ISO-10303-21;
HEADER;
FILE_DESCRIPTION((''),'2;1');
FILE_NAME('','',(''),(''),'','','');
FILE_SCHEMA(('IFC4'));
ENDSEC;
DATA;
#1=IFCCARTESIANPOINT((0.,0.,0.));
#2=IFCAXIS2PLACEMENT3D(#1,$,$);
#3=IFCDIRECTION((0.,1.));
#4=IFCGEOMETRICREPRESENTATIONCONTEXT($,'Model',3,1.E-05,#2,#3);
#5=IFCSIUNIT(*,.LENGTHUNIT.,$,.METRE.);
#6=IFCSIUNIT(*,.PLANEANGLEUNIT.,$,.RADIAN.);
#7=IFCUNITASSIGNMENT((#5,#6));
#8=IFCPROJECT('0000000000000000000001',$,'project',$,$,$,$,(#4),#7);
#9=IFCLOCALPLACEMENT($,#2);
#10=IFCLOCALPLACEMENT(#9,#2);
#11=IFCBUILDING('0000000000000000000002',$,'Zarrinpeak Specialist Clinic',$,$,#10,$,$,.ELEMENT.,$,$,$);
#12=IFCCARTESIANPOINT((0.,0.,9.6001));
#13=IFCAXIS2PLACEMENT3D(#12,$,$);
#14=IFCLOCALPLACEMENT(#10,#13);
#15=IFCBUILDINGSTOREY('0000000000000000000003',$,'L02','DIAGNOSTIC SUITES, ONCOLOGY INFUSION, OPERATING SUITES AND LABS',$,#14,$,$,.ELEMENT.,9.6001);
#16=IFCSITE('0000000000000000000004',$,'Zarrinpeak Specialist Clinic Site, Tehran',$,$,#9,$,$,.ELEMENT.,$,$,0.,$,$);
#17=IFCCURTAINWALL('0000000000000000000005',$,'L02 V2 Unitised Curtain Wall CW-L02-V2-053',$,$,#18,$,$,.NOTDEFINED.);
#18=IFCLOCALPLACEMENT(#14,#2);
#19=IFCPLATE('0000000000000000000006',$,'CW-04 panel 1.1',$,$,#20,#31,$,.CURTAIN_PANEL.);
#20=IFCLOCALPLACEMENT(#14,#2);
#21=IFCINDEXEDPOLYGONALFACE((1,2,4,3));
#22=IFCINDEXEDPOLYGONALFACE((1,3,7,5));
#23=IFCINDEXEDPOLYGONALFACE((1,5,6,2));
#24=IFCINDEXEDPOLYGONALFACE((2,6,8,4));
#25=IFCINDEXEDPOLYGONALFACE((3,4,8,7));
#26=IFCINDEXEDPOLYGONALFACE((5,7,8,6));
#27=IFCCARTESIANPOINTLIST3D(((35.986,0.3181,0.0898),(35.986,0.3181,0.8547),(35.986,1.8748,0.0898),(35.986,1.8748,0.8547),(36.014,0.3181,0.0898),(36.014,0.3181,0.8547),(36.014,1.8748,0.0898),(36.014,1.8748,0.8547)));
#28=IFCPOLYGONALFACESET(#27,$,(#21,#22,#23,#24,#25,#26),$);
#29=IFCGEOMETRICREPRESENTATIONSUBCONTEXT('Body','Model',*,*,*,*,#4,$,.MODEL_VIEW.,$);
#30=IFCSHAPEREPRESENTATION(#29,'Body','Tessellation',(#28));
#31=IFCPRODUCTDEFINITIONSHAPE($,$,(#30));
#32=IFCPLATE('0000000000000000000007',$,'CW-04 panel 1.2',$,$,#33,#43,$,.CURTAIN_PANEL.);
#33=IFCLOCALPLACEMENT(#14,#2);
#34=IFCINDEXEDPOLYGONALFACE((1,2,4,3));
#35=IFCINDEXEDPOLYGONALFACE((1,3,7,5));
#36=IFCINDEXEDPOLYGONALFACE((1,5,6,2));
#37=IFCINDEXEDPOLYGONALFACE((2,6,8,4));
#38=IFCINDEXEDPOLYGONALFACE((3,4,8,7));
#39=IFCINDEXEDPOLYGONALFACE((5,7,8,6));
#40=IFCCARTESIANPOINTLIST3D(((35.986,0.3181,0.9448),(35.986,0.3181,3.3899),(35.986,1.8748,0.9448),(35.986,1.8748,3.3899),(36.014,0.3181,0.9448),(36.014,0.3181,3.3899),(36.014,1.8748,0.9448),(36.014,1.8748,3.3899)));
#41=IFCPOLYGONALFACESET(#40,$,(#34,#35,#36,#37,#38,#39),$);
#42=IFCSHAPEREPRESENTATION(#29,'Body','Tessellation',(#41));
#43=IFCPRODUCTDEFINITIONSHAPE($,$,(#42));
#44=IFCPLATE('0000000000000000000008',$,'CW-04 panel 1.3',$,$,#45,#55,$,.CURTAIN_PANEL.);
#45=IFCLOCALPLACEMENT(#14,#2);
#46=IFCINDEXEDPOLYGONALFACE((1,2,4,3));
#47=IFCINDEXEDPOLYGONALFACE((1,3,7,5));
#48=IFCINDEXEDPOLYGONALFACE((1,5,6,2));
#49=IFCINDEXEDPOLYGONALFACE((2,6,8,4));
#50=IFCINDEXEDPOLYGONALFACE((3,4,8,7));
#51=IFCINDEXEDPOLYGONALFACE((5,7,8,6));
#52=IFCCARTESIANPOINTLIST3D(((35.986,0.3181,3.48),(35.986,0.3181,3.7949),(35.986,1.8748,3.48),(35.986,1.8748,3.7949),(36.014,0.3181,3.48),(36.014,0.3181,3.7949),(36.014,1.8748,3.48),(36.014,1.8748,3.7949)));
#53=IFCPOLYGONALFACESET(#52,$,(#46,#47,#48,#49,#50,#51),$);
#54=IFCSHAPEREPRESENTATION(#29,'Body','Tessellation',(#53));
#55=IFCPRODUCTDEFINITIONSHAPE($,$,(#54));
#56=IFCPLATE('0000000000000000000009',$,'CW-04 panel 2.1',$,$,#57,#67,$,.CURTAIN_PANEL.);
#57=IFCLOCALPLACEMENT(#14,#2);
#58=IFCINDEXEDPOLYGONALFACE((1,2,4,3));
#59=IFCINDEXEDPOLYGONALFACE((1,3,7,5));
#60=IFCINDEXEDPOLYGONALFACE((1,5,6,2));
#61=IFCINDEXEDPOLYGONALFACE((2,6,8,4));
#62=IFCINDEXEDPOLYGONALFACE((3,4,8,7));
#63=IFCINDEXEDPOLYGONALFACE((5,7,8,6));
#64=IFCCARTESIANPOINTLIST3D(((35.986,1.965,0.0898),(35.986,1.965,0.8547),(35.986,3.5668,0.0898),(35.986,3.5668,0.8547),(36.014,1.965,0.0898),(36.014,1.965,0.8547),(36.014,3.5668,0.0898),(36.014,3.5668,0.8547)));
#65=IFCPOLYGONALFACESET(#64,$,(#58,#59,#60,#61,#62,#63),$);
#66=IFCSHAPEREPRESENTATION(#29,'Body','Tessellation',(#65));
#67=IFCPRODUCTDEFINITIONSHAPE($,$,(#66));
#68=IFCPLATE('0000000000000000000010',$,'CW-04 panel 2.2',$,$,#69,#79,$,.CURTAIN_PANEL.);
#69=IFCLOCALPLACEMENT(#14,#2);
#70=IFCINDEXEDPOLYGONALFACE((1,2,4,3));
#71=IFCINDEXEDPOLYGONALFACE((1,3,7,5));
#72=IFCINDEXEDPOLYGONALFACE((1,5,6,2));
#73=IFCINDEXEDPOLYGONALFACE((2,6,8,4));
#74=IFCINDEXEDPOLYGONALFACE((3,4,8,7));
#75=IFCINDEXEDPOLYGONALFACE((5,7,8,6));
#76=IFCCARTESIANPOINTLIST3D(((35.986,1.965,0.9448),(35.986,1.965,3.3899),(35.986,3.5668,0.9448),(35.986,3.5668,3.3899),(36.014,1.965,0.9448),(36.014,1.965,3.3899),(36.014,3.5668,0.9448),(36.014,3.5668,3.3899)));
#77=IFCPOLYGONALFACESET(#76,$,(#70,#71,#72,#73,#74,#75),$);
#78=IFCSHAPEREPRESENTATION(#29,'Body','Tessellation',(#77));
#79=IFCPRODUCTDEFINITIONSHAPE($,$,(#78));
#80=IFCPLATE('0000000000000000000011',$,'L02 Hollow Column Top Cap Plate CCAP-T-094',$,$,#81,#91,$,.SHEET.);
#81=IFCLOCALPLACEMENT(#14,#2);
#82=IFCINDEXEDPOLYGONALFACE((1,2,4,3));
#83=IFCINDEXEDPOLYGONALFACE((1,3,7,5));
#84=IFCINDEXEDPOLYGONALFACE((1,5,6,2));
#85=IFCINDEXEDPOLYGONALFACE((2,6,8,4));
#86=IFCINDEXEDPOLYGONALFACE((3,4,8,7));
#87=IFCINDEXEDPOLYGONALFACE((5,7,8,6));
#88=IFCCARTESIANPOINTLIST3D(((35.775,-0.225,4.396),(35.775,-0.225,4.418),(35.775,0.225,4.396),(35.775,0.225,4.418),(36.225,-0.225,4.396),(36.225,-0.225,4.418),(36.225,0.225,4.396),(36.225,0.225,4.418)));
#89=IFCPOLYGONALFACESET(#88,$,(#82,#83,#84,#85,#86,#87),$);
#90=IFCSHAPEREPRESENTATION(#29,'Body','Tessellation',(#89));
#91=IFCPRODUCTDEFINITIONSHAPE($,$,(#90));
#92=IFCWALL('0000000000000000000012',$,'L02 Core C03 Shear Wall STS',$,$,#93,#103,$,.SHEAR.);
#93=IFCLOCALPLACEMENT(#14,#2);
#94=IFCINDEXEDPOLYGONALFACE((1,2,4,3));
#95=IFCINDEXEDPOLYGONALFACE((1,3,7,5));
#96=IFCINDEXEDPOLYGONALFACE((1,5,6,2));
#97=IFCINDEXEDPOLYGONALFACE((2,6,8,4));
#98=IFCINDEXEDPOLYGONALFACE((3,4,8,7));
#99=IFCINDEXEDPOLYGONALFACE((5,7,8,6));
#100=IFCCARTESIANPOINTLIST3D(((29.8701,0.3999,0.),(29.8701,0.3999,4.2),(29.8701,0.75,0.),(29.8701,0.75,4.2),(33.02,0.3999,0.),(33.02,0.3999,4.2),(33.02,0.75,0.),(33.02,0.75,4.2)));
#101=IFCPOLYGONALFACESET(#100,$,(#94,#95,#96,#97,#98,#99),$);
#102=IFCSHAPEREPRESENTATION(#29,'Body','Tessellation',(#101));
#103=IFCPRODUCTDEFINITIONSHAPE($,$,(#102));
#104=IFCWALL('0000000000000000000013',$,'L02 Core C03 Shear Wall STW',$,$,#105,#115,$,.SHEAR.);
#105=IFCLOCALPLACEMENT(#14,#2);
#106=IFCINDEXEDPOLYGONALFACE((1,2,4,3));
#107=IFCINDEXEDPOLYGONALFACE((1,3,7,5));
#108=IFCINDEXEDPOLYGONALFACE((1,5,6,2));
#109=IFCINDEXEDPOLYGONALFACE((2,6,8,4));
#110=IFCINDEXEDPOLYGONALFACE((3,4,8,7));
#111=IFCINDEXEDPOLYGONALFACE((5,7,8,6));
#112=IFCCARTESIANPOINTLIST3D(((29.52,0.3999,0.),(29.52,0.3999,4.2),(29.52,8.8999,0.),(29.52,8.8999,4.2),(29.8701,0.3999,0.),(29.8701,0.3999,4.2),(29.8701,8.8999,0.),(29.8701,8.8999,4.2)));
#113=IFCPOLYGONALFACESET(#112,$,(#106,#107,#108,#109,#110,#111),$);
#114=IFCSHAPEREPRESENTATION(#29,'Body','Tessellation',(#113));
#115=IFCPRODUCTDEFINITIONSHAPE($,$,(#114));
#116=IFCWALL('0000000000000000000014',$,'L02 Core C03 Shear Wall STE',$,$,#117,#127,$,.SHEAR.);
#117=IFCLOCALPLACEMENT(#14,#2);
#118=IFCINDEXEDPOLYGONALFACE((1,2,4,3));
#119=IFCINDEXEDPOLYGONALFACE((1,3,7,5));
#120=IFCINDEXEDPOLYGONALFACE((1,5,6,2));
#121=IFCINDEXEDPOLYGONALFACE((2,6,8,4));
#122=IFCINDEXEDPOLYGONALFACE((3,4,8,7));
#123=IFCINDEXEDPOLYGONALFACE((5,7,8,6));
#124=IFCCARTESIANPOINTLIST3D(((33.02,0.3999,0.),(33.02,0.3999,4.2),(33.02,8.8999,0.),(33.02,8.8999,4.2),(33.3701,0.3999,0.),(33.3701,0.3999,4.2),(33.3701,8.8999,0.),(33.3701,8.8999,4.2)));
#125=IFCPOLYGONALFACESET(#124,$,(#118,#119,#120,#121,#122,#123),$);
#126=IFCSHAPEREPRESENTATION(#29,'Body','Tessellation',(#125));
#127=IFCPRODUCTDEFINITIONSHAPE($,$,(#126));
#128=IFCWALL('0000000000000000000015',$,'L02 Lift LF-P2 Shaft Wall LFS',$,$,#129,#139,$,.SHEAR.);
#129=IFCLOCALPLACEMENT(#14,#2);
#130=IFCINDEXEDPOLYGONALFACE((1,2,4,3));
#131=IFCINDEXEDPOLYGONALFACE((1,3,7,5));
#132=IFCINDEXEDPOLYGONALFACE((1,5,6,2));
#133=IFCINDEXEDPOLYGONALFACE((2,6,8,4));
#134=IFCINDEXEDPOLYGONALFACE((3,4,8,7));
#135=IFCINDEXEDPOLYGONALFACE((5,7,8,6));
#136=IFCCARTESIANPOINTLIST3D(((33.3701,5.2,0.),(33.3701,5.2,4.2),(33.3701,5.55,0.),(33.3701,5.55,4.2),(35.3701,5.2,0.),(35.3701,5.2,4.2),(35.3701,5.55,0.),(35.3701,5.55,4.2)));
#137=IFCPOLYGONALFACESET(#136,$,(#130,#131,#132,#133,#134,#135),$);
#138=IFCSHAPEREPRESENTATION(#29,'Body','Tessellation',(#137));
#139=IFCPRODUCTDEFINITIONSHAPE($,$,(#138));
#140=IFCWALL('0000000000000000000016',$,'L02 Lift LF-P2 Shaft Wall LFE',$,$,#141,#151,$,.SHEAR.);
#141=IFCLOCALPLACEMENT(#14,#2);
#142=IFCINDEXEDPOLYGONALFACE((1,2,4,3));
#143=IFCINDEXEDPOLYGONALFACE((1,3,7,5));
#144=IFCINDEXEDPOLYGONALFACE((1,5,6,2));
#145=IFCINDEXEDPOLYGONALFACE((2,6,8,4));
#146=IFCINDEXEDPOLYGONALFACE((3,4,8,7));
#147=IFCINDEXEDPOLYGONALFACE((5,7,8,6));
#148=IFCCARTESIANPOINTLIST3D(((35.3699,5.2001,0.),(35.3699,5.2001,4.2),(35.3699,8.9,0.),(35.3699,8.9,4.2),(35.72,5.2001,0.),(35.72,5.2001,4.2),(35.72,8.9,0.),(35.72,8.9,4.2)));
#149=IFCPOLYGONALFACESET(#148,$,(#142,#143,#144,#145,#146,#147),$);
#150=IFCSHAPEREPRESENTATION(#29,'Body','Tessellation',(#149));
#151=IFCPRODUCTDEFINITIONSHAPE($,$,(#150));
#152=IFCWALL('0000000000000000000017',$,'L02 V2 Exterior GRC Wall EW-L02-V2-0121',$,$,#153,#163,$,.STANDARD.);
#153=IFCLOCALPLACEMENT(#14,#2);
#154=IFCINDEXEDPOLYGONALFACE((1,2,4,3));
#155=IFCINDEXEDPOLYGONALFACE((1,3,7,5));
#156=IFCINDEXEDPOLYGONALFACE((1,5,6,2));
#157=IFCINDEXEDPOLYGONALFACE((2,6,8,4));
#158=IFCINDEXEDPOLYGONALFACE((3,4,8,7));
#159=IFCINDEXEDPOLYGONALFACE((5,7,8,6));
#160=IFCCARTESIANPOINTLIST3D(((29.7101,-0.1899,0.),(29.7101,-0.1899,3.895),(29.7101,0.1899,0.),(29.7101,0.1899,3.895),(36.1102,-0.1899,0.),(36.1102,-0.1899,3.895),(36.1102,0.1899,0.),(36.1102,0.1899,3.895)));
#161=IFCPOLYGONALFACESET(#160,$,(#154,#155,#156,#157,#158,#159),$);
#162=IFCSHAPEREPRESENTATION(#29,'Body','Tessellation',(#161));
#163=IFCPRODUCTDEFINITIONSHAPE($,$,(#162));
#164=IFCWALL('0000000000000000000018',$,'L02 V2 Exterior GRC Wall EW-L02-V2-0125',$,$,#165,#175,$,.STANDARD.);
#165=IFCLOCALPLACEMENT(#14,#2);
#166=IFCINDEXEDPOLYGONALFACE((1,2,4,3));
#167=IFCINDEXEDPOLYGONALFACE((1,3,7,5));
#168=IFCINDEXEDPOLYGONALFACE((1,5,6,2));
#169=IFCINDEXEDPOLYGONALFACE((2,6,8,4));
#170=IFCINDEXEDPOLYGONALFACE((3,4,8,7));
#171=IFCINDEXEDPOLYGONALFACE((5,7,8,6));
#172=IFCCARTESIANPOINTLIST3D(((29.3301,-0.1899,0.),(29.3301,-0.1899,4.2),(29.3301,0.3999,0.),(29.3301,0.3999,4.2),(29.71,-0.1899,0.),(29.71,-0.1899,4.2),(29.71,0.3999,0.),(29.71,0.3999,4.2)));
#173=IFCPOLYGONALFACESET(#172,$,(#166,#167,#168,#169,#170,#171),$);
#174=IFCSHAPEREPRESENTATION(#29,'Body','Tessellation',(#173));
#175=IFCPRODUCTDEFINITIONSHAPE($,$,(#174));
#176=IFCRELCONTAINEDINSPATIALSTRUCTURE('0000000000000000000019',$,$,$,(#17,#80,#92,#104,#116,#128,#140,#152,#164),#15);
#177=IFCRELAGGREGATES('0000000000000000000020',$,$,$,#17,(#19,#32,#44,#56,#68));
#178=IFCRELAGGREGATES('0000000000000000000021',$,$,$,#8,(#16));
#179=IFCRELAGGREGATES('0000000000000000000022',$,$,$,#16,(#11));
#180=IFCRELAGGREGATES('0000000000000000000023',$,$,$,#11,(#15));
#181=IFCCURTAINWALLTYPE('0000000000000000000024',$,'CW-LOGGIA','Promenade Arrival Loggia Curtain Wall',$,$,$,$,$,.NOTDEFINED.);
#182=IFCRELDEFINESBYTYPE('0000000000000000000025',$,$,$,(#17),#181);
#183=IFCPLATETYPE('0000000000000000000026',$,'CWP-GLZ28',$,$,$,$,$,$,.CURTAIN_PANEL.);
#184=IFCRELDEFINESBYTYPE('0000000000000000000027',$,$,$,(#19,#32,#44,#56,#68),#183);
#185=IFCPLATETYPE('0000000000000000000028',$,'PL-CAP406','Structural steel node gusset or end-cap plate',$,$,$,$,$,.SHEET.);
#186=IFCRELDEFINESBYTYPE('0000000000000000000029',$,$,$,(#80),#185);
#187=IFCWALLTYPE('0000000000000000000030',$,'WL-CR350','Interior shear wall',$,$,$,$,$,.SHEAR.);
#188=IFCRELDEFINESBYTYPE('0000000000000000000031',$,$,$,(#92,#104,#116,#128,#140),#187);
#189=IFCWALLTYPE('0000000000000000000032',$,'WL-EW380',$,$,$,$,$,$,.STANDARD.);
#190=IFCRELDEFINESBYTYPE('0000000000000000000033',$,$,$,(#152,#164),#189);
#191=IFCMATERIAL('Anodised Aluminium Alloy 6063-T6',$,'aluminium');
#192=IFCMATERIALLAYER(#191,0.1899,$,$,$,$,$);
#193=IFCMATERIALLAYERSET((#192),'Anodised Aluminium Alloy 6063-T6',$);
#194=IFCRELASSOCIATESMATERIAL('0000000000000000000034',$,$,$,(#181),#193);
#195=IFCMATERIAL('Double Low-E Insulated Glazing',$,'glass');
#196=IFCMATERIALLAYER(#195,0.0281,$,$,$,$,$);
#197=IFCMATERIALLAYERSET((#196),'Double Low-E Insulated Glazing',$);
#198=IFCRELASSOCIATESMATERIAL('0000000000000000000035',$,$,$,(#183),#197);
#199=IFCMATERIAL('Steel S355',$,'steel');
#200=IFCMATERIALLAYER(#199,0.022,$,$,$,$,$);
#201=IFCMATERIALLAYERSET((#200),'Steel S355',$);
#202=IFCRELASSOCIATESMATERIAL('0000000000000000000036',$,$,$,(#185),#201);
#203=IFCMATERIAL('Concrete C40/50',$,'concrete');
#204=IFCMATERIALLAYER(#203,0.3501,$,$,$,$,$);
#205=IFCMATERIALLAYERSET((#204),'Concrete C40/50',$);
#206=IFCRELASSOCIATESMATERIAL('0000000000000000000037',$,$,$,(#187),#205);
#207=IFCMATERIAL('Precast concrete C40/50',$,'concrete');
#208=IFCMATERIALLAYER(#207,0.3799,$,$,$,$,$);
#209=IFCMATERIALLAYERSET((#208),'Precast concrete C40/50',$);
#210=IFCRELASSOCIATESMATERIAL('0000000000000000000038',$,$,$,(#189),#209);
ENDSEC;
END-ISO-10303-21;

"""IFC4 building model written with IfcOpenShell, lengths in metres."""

from ifc_helpers import new_model, si_unit, direction, frame, frame_2d, origin, origin_2d, place, context, subcontext, project, spatial, rectangle, extrude, material, layer, layer_set, type_object, element, aggregate, save


model = new_model("IFC4")

# Units and contexts
model_context = context("Model", 3, precision=1e-05, world=origin(), true_north=direction((0.0, 1.0)))
body_context = subcontext(model_context, "Body", "Model", "MODEL_VIEW")
ifc_project = project(units=[si_unit("LENGTHUNIT", "METRE"), si_unit("PLANEANGLEUNIT", "RADIAN")], contexts=[model_context])

# Site, building, storey
site_placement = place(None, origin())
site = spatial("IfcSite", under=ifc_project, at=site_placement, Name="Zarrinpeak Specialist Clinic Site, Tehran", CompositionType="ELEMENT", RefElevation=0.0)
building_placement = place(site_placement, origin())
building = spatial("IfcBuilding", under=site, at=building_placement, Name="Zarrinpeak Specialist Clinic", CompositionType="ELEMENT")
storey_placement = place(building_placement, frame((0.0, 0.0, 9.6001)))
storey = spatial("IfcBuildingStorey", under=building, at=storey_placement, Name="L02", Description="DIAGNOSTIC SUITES, ONCOLOGY INFUSION, OPERATING SUITES AND LABS", CompositionType="ELEMENT", Elevation=9.6001)

# Shared definitions
ifc_material_1 = material(Name="Steel S355", Category="steel")

# Curtain wall, plates
ifc_material_2 = material(Name="Anodised Aluminium Alloy 6063-T6", Category="aluminium")
ifc_layer_1 = layer(ifc_material_2, 0.1899)
ifc_layer_set_1 = layer_set([ifc_layer_1], Name="Anodised Aluminium Alloy 6063-T6")
curtain_wall_type = type_object("IfcCurtainWallType", Name="CW-LOGGIA", Description="Promenade Arrival Loggia Curtain Wall", PredefinedType="NOTDEFINED", material=ifc_layer_set_1)
curtain_wall_placement = place(storey_placement, origin())
curtain_wall = element("IfcCurtainWall", 1, at=curtain_wall_placement, inside=storey, type_object=curtain_wall_type, Name="L02 V2 Unitised Curtain Wall CW-L02-V2-053", PredefinedType="NOTDEFINED")
ifc_material_3 = material(Name="Double Low-E Insulated Glazing", Category="glass")
ifc_layer_2 = layer(ifc_material_3, 0.0281)
ifc_layer_set_2 = layer_set([ifc_layer_2], Name="Double Low-E Insulated Glazing")
plate_type_1 = type_object("IfcPlateType", Name="CWP-GLZ28", PredefinedType="CURTAIN_PANEL", material=ifc_layer_set_2)
plate_1_placement = place(storey_placement, frame((36.0, 1.0964, 0.0898), z_axis=(0.0, 0.0, 1.0), x_axis=(0.0, 1.0, 0.0)))
plate_1 = element("IfcPlate", 2, at=plate_1_placement, type_object=plate_type_1, Name="CW-04 panel 1.1", PredefinedType="CURTAIN_PANEL", context=body_context, shape_type="SweptSolid", body=[
    extrude(rectangle(XDim=1.5566, YDim=0.0281, at=origin_2d()), origin(), (0.0, 0.0, 1.0), 0.7649),
])
plate_2_placement = place(storey_placement, frame((36.0, 1.0964, 0.9448), z_axis=(0.0, 0.0, 1.0), x_axis=(0.0, 1.0, 0.0)))
plate_2 = element("IfcPlate", 3, at=plate_2_placement, type_object=plate_type_1, Name="CW-04 panel 1.2", PredefinedType="CURTAIN_PANEL", context=body_context, shape_type="SweptSolid", body=[
    extrude(rectangle(XDim=1.5566, YDim=0.0281, at=origin_2d()), origin(), (0.0, 0.0, 1.0), 2.4451),
])
plate_3_placement = place(storey_placement, frame((36.0, 1.0964, 3.48), z_axis=(0.0, 0.0, 1.0), x_axis=(0.0, 1.0, 0.0)))
plate_3 = element("IfcPlate", 4, at=plate_3_placement, type_object=plate_type_1, Name="CW-04 panel 1.3", PredefinedType="CURTAIN_PANEL", context=body_context, shape_type="SweptSolid", body=[
    extrude(rectangle(XDim=1.5566, YDim=0.0281, at=origin_2d()), origin(), (0.0, 0.0, 1.0), 0.3149),
])
plate_4_placement = place(storey_placement, frame((36.0, 2.7659, 0.0898), z_axis=(0.0, 0.0, 1.0), x_axis=(0.0, 1.0, 0.0)))
plate_4 = element("IfcPlate", 5, at=plate_4_placement, type_object=plate_type_1, Name="CW-04 panel 2.1", PredefinedType="CURTAIN_PANEL", context=body_context, shape_type="SweptSolid", body=[
    extrude(rectangle(XDim=1.6018, YDim=0.0281, at=origin_2d()), origin(), (0.0, 0.0, 1.0), 0.7649),
])
plate_5_placement = place(storey_placement, frame((36.0, 2.7659, 0.9448), z_axis=(0.0, 0.0, 1.0), x_axis=(0.0, 1.0, 0.0)))
plate_5 = element("IfcPlate", 6, at=plate_5_placement, type_object=plate_type_1, Name="CW-04 panel 2.2", PredefinedType="CURTAIN_PANEL", context=body_context, shape_type="SweptSolid", body=[
    extrude(rectangle(XDim=1.6018, YDim=0.0281, at=origin_2d()), origin(), (0.0, 0.0, 1.0), 2.4451),
])
aggregate(curtain_wall, [plate_1, plate_2, plate_3, plate_4, plate_5])

# Plate
ifc_layer_3 = layer(ifc_material_1, 0.022)
ifc_layer_set_3 = layer_set([ifc_layer_3], Name="Steel S355")
plate_type_2 = type_object("IfcPlateType", Name="PL-CAP406", Description="Structural steel node gusset or end-cap plate", PredefinedType="SHEET", material=ifc_layer_set_3)
plate_6_placement = place(storey_placement, frame((36.0, 0.0, 4.396), z_axis=(0.0, 0.0, 1.0), x_axis=(1.0, 0.0, 0.0)))
element("IfcPlate", 7, at=plate_6_placement, inside=storey, type_object=plate_type_2, Name="L02 Hollow Column Top Cap Plate CCAP-T-094", PredefinedType="SHEET", context=body_context, shape_type="SweptSolid", body=[
    extrude(rectangle(XDim=0.45, YDim=0.45, at=origin_2d()), origin(), (0.0, 0.0, 1.0), 0.022),
])

# Walls
ifc_material_4 = material(Name="Concrete C40/50", Category="concrete")
ifc_layer_4 = layer(ifc_material_4, 0.3501)
ifc_layer_set_4 = layer_set([ifc_layer_4], Name="Concrete C40/50")
wall_type_1 = type_object("IfcWallType", Name="WL-CR350", Description="Interior shear wall", PredefinedType="SHEAR", material=ifc_layer_set_4)
wall_1_placement = place(storey_placement, frame((29.8701, 0.575, 0.0), z_axis=(0.0, 0.0, 1.0), x_axis=(1.0, 0.0, 0.0)))
element("IfcWall", 8, at=wall_1_placement, inside=storey, type_object=wall_type_1, Name="L02 Core C03 Shear Wall STS", PredefinedType="SHEAR", context=body_context, shape_type="SweptSolid", body=[
    extrude(rectangle(XDim=3.1499, YDim=0.3501, at=frame_2d((1.575, 0.0))), origin(), (0.0, 0.0, 1.0), 4.2),
])
for number, where, z_axis, x_axis, name in (
    (9, (29.6951, 0.3999, 0.0), (0.0, 0.0, 1.0), (0.0, 1.0, 0.0), "L02 Core C03 Shear Wall STW"),
    (10, (33.1951, 0.3999, 0.0), (0.0, 0.0, 1.0), (0.0, 1.0, 0.0), "L02 Core C03 Shear Wall STE"),
):
    element("IfcWall", number, at=place(storey_placement, frame(where, z_axis=z_axis, x_axis=x_axis)), inside=storey, type_object=wall_type_1, Name=name, PredefinedType="SHEAR", context=body_context, shape_type="SweptSolid", body=[
        extrude(rectangle(XDim=8.5, YDim=0.3501, at=frame_2d((4.25, 0.0))), origin(), (0.0, 0.0, 1.0), 4.2),
    ])
wall_2_placement = place(storey_placement, frame((33.3701, 5.375, 0.0), z_axis=(0.0, 0.0, 1.0), x_axis=(1.0, 0.0, 0.0)))
element("IfcWall", 11, at=wall_2_placement, inside=storey, type_object=wall_type_1, Name="L02 Lift LF-P2 Shaft Wall LFS", PredefinedType="SHEAR", context=body_context, shape_type="SweptSolid", body=[
    extrude(rectangle(XDim=2.0, YDim=0.3501, at=frame_2d((1.0, 0.0))), origin(), (0.0, 0.0, 1.0), 4.2),
])
wall_3_placement = place(storey_placement, frame((35.5449, 5.2, 0.0), z_axis=(0.0, 0.0, 1.0), x_axis=(0.0, 1.0, 0.0)))
element("IfcWall", 12, at=wall_3_placement, inside=storey, type_object=wall_type_1, Name="L02 Lift LF-P2 Shaft Wall LFE", PredefinedType="SHEAR", context=body_context, shape_type="SweptSolid", body=[
    extrude(rectangle(XDim=3.7, YDim=0.3501, at=frame_2d((1.8501, 0.0))), origin(), (0.0, 0.0, 1.0), 4.2),
])
ifc_material_5 = material(Name="Precast concrete C40/50", Category="concrete")
ifc_layer_5 = layer(ifc_material_5, 0.3799)
ifc_layer_set_5 = layer_set([ifc_layer_5], Name="Precast concrete C40/50")
wall_type_2 = type_object("IfcWallType", Name="WL-EW380", PredefinedType="STANDARD", material=ifc_layer_set_5)
wall_4_placement = place(storey_placement, frame((29.71, 0.0, 0.0), z_axis=(0.0, 0.0, 1.0), x_axis=(1.0, 0.0, 0.0)))
element("IfcWall", 13, at=wall_4_placement, inside=storey, type_object=wall_type_2, Name="L02 V2 Exterior GRC Wall EW-L02-V2-0121", PredefinedType="STANDARD", context=body_context, shape_type="SweptSolid", body=[
    extrude(rectangle(XDim=6.4001, YDim=0.3799, at=frame_2d((3.2002, 0.0))), origin(), (0.0, 0.0, 1.0), 3.895),
])
wall_5_placement = place(storey_placement, frame((29.52, 0.3999, 0.0), z_axis=(0.0, 0.0, 1.0), x_axis=(0.0, -1.0, 0.0)))
element("IfcWall", 14, at=wall_5_placement, inside=storey, type_object=wall_type_2, Name="L02 V2 Exterior GRC Wall EW-L02-V2-0125", PredefinedType="STANDARD", context=body_context, shape_type="SweptSolid", body=[
    extrude(rectangle(XDim=0.5898, YDim=0.3799, at=frame_2d((0.2949, 0.0))), origin(), (0.0, 0.0, 1.0), 4.2),
])

save(model, "model.ifc")
